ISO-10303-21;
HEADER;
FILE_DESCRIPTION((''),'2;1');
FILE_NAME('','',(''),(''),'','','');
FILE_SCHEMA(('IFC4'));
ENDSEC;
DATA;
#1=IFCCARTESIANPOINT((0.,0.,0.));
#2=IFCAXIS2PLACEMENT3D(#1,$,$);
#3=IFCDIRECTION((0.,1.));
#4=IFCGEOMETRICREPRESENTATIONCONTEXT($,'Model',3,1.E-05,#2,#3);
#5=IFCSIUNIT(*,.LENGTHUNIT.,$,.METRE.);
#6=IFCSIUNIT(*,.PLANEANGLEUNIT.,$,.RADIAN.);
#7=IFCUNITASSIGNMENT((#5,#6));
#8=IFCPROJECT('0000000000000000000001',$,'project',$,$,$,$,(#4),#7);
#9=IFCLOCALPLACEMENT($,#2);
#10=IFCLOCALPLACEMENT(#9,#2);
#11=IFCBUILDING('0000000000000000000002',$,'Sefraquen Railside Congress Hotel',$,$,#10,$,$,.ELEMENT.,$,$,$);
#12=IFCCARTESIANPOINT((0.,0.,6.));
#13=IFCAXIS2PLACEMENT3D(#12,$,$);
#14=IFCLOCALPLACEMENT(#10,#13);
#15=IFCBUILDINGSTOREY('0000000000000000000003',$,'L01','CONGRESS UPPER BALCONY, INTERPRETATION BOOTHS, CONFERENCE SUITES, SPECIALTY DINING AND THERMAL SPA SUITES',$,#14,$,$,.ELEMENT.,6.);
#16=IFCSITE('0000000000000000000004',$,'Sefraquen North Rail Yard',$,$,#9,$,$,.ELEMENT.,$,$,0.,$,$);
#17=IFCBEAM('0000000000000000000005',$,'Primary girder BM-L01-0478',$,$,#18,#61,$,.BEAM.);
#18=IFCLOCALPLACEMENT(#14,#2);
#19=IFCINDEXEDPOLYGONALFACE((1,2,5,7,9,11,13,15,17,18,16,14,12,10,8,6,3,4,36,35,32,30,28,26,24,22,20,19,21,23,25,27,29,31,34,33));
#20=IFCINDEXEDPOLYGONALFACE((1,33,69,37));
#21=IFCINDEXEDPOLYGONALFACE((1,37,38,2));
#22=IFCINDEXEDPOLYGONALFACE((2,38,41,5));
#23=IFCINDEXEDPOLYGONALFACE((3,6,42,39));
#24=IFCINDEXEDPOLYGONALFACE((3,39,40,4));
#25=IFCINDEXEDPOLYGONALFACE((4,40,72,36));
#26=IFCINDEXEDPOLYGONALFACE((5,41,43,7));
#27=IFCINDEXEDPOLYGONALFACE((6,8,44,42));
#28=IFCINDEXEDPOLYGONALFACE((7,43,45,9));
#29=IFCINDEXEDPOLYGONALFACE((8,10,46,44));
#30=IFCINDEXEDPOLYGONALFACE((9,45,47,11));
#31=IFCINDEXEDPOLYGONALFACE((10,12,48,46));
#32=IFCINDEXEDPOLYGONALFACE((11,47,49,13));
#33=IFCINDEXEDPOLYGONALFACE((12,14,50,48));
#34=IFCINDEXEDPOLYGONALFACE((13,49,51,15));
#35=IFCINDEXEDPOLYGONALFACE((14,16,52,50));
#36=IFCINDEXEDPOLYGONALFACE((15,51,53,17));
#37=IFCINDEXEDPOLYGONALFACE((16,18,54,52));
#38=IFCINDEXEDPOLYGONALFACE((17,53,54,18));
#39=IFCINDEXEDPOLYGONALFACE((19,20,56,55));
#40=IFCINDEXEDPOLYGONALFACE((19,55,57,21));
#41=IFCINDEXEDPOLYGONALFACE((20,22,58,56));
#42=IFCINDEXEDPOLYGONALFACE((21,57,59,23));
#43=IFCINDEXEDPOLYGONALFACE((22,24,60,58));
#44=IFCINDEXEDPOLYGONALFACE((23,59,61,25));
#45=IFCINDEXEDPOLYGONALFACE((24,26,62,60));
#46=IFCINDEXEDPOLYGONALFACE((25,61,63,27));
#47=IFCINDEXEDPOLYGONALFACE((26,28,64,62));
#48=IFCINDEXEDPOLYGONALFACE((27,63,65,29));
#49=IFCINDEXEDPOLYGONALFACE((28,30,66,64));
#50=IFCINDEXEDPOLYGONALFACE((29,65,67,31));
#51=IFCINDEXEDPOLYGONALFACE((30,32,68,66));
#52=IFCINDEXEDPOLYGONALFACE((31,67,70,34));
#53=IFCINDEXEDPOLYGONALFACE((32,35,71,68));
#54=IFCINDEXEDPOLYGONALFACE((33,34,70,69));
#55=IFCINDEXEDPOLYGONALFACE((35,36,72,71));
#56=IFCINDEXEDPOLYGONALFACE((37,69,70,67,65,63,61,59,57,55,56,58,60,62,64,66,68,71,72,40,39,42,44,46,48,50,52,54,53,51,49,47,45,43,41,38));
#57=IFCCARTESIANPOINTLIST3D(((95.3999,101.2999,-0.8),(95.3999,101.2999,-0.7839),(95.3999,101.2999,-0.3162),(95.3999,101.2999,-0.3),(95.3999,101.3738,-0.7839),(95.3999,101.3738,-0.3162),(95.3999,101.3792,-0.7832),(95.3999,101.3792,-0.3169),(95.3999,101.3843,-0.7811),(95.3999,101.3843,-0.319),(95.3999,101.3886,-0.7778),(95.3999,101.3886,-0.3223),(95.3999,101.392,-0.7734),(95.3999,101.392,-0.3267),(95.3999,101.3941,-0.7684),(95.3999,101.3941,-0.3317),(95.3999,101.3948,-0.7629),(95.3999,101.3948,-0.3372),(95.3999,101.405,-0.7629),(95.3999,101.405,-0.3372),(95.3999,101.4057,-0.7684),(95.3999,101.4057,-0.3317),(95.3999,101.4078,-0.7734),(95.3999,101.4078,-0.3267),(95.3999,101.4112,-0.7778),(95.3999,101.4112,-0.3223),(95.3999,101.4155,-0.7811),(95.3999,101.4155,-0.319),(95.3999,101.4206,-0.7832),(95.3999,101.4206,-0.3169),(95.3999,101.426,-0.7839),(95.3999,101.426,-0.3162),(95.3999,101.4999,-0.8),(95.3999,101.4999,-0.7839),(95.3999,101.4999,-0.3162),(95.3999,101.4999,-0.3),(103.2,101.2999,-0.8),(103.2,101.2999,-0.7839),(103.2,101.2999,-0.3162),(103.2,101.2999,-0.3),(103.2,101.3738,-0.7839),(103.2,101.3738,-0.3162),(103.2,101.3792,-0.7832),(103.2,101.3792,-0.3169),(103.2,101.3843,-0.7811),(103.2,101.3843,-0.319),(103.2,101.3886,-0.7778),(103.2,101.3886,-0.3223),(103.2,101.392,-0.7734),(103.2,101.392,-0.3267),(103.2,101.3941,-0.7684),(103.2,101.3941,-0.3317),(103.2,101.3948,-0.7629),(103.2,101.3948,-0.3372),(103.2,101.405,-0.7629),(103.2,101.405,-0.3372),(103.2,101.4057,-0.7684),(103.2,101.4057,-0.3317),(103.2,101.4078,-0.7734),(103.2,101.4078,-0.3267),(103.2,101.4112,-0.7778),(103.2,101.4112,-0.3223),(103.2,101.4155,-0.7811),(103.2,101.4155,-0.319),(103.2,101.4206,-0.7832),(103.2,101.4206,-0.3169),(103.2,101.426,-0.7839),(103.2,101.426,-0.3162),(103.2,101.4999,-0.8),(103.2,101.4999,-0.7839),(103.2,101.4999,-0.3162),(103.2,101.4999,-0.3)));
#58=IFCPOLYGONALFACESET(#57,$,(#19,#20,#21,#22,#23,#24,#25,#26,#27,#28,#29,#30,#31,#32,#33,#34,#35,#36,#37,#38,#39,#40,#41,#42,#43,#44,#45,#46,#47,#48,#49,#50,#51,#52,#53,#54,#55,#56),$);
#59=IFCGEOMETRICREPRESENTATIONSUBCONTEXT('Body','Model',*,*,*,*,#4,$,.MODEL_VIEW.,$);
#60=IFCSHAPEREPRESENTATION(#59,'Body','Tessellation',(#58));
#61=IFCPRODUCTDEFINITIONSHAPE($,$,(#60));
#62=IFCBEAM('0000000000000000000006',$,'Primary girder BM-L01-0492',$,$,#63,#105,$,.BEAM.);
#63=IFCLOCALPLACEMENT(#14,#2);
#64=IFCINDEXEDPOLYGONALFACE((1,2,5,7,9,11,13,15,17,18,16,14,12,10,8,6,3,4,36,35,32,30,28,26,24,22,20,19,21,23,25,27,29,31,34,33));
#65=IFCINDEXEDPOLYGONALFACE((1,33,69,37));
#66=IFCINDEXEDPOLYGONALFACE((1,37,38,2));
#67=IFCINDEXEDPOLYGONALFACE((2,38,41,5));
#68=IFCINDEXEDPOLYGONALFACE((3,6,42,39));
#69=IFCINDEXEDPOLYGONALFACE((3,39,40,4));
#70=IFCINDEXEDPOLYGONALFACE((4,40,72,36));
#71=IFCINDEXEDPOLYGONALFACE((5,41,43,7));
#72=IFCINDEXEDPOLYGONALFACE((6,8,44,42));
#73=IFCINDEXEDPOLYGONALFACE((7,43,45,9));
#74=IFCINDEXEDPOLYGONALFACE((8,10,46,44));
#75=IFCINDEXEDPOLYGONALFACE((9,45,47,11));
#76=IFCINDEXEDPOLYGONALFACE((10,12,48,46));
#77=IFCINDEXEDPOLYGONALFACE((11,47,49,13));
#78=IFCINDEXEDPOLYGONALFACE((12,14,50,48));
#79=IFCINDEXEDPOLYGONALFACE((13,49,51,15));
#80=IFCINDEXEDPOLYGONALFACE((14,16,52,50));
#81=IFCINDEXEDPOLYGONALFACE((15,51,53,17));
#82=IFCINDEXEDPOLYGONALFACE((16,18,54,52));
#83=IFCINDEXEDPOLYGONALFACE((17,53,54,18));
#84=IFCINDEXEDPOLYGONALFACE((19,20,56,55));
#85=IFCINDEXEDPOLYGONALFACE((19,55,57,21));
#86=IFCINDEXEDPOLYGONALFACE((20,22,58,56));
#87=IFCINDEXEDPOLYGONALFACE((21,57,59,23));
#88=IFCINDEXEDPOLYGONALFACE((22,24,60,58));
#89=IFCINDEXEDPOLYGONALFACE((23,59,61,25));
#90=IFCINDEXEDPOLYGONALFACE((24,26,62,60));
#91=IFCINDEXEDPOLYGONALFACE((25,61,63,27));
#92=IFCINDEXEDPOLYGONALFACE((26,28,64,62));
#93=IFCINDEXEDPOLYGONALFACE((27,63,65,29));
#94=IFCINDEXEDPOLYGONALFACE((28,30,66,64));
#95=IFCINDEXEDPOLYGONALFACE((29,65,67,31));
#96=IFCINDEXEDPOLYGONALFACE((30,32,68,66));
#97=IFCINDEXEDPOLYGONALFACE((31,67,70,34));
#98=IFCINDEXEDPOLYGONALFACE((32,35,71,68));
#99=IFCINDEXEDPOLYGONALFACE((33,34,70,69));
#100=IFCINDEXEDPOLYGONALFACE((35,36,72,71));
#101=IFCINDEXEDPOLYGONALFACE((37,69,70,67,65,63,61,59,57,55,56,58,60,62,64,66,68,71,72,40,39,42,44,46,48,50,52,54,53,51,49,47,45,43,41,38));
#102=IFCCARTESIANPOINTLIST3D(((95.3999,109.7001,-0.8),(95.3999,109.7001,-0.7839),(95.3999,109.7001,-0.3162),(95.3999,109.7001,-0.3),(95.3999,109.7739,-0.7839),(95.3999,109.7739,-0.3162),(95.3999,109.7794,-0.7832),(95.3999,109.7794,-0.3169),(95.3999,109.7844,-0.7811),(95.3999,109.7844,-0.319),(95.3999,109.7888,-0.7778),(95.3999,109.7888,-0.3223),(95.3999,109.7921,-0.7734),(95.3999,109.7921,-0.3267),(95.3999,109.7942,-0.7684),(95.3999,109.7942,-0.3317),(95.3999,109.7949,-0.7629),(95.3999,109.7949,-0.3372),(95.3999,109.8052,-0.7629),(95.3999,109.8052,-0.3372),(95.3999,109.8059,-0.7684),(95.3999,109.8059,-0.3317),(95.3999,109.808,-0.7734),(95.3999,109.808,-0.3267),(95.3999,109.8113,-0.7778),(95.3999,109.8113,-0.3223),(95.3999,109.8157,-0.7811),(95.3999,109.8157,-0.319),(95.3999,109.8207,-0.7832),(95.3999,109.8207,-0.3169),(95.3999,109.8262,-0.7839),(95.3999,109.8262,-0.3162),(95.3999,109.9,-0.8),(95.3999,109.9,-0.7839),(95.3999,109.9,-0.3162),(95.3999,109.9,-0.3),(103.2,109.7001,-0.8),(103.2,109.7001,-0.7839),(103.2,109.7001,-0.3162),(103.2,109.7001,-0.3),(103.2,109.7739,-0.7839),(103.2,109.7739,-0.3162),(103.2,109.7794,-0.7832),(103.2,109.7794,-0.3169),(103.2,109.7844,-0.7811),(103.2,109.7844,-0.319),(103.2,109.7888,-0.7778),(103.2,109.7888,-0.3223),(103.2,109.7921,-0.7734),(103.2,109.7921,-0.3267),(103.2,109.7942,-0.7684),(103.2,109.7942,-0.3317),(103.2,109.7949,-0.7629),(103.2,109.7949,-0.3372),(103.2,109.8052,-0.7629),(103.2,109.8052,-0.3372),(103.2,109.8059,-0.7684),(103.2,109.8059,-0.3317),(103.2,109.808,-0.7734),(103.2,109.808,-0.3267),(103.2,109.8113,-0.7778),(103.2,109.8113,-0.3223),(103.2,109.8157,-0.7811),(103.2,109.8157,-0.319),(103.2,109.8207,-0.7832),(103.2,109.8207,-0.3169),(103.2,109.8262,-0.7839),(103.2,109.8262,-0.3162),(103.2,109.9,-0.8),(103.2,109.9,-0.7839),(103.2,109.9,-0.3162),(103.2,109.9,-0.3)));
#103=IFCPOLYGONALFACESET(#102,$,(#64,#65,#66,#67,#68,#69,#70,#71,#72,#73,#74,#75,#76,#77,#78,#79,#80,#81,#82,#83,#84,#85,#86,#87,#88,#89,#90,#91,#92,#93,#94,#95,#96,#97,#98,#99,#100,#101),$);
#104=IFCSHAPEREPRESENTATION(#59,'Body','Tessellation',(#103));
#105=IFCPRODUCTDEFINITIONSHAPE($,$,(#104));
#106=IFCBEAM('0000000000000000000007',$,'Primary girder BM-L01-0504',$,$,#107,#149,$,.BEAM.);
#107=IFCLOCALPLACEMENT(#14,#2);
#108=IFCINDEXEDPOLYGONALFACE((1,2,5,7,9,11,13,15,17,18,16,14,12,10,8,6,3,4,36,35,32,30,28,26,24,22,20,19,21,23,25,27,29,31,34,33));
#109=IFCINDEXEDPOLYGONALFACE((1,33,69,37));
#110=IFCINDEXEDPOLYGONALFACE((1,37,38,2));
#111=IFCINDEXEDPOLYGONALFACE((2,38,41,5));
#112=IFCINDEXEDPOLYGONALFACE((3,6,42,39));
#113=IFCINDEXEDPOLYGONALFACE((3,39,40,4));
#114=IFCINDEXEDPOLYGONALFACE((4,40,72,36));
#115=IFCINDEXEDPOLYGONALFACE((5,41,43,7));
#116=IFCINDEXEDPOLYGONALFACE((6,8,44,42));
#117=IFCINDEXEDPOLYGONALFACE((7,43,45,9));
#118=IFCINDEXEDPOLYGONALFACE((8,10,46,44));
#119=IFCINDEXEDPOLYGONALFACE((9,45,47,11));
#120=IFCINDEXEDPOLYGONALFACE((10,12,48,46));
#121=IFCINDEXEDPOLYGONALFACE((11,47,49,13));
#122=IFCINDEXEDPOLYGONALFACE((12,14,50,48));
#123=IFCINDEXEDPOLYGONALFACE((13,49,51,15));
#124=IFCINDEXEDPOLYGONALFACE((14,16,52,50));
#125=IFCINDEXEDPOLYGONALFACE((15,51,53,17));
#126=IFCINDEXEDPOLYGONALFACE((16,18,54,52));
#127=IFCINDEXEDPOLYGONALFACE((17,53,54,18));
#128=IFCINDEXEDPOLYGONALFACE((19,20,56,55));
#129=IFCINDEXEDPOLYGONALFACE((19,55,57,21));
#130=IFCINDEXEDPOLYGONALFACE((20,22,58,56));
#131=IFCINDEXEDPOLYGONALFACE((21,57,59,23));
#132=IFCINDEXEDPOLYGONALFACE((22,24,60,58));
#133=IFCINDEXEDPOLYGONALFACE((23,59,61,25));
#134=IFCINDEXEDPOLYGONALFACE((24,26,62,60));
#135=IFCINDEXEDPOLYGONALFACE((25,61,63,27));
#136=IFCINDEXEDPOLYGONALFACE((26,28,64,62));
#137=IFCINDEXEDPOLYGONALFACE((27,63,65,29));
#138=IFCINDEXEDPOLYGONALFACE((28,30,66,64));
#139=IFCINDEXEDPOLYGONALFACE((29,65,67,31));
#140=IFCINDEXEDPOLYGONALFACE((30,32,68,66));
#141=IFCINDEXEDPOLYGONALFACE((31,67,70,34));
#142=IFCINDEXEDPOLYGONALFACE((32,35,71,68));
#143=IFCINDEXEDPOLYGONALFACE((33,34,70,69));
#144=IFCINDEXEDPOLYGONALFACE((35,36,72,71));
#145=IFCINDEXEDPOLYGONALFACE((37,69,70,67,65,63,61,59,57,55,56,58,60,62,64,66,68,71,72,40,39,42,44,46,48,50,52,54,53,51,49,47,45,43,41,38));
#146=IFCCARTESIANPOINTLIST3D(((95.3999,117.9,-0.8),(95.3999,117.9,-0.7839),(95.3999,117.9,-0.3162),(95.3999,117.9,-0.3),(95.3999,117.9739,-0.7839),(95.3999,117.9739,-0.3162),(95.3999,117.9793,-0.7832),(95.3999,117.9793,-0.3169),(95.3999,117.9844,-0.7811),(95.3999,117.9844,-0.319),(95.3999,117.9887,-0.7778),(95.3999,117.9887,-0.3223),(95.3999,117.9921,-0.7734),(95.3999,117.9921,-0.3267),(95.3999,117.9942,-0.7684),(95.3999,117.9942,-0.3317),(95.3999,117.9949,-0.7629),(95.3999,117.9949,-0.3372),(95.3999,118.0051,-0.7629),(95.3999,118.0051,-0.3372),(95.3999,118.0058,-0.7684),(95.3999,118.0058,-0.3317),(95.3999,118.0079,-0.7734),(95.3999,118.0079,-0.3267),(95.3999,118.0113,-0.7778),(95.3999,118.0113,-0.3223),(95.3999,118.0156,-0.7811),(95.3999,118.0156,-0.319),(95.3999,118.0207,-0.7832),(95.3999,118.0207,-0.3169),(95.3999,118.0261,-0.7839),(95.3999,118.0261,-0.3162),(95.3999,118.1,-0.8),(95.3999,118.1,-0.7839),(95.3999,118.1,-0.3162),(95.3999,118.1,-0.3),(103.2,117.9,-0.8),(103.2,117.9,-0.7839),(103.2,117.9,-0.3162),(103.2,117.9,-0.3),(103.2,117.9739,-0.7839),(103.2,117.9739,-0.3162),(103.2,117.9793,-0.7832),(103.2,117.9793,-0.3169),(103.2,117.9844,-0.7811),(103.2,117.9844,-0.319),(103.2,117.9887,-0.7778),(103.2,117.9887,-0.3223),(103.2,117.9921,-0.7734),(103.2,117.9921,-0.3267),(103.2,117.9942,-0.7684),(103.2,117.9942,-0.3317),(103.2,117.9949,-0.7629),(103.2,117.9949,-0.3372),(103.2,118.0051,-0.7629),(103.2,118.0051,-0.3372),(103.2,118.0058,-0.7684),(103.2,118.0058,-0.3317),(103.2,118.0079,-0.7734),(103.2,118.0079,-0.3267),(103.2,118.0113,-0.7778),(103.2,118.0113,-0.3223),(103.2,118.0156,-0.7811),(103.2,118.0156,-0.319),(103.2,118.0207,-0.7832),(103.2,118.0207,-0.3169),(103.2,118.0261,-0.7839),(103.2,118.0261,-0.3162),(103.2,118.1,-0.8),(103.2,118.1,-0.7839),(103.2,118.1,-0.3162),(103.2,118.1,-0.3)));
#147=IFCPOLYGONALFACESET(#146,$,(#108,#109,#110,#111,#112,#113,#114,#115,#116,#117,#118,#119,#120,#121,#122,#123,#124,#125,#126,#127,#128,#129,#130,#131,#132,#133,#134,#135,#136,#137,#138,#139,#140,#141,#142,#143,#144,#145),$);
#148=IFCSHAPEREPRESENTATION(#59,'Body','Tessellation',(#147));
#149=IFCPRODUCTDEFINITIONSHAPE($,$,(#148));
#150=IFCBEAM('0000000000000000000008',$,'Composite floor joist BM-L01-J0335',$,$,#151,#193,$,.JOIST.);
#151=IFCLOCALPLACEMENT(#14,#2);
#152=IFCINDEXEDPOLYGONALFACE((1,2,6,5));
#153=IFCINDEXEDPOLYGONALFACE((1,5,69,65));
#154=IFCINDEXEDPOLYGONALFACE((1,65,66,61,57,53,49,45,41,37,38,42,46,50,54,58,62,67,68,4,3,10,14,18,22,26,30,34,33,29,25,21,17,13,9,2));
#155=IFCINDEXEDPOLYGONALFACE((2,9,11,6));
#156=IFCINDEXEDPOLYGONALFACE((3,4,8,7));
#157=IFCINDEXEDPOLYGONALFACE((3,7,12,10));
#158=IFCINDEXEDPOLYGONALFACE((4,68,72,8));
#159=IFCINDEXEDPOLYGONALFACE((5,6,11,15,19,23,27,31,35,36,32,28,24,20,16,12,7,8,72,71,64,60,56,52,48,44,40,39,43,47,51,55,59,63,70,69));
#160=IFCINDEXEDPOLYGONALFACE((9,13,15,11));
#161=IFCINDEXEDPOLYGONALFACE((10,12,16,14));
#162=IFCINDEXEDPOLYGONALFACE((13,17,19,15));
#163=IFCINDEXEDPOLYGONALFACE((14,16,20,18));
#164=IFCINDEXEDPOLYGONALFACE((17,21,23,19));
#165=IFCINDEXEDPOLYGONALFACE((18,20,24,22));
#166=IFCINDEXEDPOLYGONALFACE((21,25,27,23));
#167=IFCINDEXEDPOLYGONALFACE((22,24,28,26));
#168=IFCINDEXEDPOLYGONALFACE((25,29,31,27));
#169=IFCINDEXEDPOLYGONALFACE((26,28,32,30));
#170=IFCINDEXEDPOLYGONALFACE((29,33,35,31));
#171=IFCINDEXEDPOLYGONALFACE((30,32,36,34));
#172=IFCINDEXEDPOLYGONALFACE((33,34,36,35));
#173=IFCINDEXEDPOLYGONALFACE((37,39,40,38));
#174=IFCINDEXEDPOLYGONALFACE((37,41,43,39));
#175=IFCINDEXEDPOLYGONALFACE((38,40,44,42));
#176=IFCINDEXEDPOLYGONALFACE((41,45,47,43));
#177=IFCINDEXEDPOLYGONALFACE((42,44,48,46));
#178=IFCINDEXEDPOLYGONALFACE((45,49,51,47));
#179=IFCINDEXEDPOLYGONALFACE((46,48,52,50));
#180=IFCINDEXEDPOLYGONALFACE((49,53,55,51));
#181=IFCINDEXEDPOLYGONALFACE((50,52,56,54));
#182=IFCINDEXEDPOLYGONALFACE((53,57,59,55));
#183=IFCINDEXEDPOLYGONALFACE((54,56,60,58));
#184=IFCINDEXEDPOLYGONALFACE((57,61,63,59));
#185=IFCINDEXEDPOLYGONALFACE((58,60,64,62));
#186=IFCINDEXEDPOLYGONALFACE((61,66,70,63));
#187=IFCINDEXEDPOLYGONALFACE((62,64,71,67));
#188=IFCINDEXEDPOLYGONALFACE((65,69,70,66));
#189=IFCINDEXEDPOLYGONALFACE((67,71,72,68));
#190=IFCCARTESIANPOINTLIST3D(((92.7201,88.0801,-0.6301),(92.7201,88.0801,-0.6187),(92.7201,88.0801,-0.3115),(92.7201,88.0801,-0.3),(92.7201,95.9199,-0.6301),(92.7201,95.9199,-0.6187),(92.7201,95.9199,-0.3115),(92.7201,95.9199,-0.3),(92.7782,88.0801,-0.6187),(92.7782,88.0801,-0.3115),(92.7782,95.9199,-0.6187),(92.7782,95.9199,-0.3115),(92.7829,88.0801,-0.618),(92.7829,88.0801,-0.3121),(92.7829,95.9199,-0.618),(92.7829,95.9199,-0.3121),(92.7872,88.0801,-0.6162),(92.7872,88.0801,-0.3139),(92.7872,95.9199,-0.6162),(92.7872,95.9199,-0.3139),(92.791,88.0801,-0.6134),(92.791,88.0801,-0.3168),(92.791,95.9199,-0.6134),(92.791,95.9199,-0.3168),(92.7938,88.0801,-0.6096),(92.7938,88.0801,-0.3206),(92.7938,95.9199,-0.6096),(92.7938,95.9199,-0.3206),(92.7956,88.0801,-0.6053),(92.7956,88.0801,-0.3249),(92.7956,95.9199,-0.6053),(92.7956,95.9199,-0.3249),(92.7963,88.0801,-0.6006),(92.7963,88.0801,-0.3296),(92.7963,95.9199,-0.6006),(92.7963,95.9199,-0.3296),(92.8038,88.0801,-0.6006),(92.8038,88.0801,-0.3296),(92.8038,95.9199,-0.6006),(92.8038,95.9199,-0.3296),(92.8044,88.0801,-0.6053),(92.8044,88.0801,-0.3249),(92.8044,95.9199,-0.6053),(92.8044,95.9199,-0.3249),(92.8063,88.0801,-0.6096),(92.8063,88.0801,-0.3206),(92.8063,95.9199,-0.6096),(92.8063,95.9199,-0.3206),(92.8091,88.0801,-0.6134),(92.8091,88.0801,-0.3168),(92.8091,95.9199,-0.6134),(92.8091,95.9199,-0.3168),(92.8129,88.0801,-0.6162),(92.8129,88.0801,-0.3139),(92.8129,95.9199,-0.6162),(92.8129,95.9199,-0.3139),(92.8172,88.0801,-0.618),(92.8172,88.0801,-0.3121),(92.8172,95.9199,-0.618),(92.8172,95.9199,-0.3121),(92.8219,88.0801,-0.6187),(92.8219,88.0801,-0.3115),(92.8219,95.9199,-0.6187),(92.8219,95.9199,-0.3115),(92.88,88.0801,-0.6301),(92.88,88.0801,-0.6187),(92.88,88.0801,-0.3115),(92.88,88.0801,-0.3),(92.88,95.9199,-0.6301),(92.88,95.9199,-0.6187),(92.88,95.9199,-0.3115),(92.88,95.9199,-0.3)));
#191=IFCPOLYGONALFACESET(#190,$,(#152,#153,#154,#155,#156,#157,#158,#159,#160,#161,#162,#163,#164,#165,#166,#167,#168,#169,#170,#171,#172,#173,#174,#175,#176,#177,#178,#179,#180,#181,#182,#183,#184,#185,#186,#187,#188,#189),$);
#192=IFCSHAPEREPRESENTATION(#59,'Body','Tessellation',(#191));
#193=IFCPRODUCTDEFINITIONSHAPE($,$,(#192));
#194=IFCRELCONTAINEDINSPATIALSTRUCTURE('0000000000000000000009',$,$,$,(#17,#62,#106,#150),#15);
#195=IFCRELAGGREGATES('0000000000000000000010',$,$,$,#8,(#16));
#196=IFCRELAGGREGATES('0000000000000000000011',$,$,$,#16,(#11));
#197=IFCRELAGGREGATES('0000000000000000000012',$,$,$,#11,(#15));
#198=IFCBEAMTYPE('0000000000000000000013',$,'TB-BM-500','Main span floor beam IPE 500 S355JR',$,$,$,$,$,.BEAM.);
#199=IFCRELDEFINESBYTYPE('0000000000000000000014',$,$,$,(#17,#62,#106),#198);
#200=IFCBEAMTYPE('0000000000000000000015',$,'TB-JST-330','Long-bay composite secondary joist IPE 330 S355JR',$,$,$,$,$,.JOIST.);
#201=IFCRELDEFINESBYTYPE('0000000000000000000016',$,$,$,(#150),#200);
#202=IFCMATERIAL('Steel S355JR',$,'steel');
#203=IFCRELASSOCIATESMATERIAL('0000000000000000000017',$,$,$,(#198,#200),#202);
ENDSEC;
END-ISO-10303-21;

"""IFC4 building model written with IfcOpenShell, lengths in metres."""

from ifc_helpers import new_model, si_unit, direction, frame, origin, origin_2d, place, context, subcontext, project, spatial, i_section, extrude, material, material_profile, profile_set, type_object, element, save


model = new_model("IFC4")

# Units and contexts
model_context = context("Model", 3, precision=1e-05, world=origin(), true_north=direction((0.0, 1.0)))
body_context = subcontext(model_context, "Body", "Model", "MODEL_VIEW")
ifc_project = project(units=[si_unit("LENGTHUNIT", "METRE"), si_unit("PLANEANGLEUNIT", "RADIAN")], contexts=[model_context])

# Site, building, storey
site_placement = place(None, origin())
site = spatial("IfcSite", under=ifc_project, at=site_placement, Name="Sefraquen North Rail Yard", CompositionType="ELEMENT", RefElevation=0.0)
building_placement = place(site_placement, origin())
building = spatial("IfcBuilding", under=site, at=building_placement, Name="Sefraquen Railside Congress Hotel", CompositionType="ELEMENT")
storey_placement = place(building_placement, frame((0.0, 0.0, 6.0)))
storey = spatial("IfcBuildingStorey", under=building, at=storey_placement, Name="L01", Description="CONGRESS UPPER BALCONY, INTERPRETATION BOOTHS, CONFERENCE SUITES, SPECIALTY DINING AND THERMAL SPA SUITES", CompositionType="ELEMENT", Elevation=6.0)

# Shared definitions
ifc_material_1 = material(Name="Steel S355JR", Category="steel")

# Beams
ifc_material_profile_1 = material_profile(ifc_material_1, i_section(OverallWidth=0.2, OverallDepth=0.5, WebThickness=0.0103, FlangeThickness=0.0161, FilletRadius=0.021, at=origin_2d()), Name="IPE 500")
ifc_profile_set_1 = profile_set([ifc_material_profile_1], Name="Steel S355JR")
beam_type_1 = type_object("IfcBeamType", Name="TB-BM-500", Description="Main span floor beam IPE 500 S355JR", PredefinedType="BEAM", material=ifc_profile_set_1)
for number, where, z_axis, x_axis, name in (
    (1, (95.3999, 101.3999, -0.55), (1.0, 0.0, 0.0), (0.0, 1.0, 0.0), "Primary girder BM-L01-0478"),
    (2, (95.3999, 109.8, -0.55), (1.0, 0.0, 0.0), (0.0, 1.0, 0.0), "Primary girder BM-L01-0492"),
    (3, (95.3999, 118.0, -0.55), (1.0, 0.0, 0.0), (0.0, 1.0, 0.0), "Primary girder BM-L01-0504"),
):
    element("IfcBeam", number, at=place(storey_placement, frame(where, z_axis=z_axis, x_axis=x_axis)), inside=storey, type_object=beam_type_1, Name=name, PredefinedType="BEAM", context=body_context, shape_type="SweptSolid", body=[
        extrude(i_section(OverallWidth=0.2, OverallDepth=0.5, WebThickness=0.0103, FlangeThickness=0.0161, FilletRadius=0.021, at=origin_2d()), origin(), (0.0, 0.0, 1.0), 7.8),
    ])
ifc_material_profile_2 = material_profile(ifc_material_1, i_section(OverallWidth=0.1599, OverallDepth=0.3301, WebThickness=0.0076, FlangeThickness=0.0115, FilletRadius=0.0181, at=origin_2d()), Name="IPE 330")
ifc_profile_set_2 = profile_set([ifc_material_profile_2], Name="Steel S355JR")
beam_type_2 = type_object("IfcBeamType", Name="TB-JST-330", Description="Long-bay composite secondary joist IPE 330 S355JR", PredefinedType="JOIST", material=ifc_profile_set_2)
beam_1_placement = place(storey_placement, frame((92.8, 88.0801, -0.4651), z_axis=(0.0, 1.0, 0.0), x_axis=(-1.0, 0.0, 0.0)))
element("IfcBeam", 4, at=beam_1_placement, inside=storey, type_object=beam_type_2, Name="Composite floor joist BM-L01-J0335", PredefinedType="JOIST", context=body_context, shape_type="SweptSolid", body=[
    extrude(i_section(OverallWidth=0.1599, OverallDepth=0.3301, WebThickness=0.0076, FlangeThickness=0.0115, FilletRadius=0.0181, at=origin_2d()), origin(), (0.0, 0.0, 1.0), 7.8398),
])

save(model, "model.ifc")
